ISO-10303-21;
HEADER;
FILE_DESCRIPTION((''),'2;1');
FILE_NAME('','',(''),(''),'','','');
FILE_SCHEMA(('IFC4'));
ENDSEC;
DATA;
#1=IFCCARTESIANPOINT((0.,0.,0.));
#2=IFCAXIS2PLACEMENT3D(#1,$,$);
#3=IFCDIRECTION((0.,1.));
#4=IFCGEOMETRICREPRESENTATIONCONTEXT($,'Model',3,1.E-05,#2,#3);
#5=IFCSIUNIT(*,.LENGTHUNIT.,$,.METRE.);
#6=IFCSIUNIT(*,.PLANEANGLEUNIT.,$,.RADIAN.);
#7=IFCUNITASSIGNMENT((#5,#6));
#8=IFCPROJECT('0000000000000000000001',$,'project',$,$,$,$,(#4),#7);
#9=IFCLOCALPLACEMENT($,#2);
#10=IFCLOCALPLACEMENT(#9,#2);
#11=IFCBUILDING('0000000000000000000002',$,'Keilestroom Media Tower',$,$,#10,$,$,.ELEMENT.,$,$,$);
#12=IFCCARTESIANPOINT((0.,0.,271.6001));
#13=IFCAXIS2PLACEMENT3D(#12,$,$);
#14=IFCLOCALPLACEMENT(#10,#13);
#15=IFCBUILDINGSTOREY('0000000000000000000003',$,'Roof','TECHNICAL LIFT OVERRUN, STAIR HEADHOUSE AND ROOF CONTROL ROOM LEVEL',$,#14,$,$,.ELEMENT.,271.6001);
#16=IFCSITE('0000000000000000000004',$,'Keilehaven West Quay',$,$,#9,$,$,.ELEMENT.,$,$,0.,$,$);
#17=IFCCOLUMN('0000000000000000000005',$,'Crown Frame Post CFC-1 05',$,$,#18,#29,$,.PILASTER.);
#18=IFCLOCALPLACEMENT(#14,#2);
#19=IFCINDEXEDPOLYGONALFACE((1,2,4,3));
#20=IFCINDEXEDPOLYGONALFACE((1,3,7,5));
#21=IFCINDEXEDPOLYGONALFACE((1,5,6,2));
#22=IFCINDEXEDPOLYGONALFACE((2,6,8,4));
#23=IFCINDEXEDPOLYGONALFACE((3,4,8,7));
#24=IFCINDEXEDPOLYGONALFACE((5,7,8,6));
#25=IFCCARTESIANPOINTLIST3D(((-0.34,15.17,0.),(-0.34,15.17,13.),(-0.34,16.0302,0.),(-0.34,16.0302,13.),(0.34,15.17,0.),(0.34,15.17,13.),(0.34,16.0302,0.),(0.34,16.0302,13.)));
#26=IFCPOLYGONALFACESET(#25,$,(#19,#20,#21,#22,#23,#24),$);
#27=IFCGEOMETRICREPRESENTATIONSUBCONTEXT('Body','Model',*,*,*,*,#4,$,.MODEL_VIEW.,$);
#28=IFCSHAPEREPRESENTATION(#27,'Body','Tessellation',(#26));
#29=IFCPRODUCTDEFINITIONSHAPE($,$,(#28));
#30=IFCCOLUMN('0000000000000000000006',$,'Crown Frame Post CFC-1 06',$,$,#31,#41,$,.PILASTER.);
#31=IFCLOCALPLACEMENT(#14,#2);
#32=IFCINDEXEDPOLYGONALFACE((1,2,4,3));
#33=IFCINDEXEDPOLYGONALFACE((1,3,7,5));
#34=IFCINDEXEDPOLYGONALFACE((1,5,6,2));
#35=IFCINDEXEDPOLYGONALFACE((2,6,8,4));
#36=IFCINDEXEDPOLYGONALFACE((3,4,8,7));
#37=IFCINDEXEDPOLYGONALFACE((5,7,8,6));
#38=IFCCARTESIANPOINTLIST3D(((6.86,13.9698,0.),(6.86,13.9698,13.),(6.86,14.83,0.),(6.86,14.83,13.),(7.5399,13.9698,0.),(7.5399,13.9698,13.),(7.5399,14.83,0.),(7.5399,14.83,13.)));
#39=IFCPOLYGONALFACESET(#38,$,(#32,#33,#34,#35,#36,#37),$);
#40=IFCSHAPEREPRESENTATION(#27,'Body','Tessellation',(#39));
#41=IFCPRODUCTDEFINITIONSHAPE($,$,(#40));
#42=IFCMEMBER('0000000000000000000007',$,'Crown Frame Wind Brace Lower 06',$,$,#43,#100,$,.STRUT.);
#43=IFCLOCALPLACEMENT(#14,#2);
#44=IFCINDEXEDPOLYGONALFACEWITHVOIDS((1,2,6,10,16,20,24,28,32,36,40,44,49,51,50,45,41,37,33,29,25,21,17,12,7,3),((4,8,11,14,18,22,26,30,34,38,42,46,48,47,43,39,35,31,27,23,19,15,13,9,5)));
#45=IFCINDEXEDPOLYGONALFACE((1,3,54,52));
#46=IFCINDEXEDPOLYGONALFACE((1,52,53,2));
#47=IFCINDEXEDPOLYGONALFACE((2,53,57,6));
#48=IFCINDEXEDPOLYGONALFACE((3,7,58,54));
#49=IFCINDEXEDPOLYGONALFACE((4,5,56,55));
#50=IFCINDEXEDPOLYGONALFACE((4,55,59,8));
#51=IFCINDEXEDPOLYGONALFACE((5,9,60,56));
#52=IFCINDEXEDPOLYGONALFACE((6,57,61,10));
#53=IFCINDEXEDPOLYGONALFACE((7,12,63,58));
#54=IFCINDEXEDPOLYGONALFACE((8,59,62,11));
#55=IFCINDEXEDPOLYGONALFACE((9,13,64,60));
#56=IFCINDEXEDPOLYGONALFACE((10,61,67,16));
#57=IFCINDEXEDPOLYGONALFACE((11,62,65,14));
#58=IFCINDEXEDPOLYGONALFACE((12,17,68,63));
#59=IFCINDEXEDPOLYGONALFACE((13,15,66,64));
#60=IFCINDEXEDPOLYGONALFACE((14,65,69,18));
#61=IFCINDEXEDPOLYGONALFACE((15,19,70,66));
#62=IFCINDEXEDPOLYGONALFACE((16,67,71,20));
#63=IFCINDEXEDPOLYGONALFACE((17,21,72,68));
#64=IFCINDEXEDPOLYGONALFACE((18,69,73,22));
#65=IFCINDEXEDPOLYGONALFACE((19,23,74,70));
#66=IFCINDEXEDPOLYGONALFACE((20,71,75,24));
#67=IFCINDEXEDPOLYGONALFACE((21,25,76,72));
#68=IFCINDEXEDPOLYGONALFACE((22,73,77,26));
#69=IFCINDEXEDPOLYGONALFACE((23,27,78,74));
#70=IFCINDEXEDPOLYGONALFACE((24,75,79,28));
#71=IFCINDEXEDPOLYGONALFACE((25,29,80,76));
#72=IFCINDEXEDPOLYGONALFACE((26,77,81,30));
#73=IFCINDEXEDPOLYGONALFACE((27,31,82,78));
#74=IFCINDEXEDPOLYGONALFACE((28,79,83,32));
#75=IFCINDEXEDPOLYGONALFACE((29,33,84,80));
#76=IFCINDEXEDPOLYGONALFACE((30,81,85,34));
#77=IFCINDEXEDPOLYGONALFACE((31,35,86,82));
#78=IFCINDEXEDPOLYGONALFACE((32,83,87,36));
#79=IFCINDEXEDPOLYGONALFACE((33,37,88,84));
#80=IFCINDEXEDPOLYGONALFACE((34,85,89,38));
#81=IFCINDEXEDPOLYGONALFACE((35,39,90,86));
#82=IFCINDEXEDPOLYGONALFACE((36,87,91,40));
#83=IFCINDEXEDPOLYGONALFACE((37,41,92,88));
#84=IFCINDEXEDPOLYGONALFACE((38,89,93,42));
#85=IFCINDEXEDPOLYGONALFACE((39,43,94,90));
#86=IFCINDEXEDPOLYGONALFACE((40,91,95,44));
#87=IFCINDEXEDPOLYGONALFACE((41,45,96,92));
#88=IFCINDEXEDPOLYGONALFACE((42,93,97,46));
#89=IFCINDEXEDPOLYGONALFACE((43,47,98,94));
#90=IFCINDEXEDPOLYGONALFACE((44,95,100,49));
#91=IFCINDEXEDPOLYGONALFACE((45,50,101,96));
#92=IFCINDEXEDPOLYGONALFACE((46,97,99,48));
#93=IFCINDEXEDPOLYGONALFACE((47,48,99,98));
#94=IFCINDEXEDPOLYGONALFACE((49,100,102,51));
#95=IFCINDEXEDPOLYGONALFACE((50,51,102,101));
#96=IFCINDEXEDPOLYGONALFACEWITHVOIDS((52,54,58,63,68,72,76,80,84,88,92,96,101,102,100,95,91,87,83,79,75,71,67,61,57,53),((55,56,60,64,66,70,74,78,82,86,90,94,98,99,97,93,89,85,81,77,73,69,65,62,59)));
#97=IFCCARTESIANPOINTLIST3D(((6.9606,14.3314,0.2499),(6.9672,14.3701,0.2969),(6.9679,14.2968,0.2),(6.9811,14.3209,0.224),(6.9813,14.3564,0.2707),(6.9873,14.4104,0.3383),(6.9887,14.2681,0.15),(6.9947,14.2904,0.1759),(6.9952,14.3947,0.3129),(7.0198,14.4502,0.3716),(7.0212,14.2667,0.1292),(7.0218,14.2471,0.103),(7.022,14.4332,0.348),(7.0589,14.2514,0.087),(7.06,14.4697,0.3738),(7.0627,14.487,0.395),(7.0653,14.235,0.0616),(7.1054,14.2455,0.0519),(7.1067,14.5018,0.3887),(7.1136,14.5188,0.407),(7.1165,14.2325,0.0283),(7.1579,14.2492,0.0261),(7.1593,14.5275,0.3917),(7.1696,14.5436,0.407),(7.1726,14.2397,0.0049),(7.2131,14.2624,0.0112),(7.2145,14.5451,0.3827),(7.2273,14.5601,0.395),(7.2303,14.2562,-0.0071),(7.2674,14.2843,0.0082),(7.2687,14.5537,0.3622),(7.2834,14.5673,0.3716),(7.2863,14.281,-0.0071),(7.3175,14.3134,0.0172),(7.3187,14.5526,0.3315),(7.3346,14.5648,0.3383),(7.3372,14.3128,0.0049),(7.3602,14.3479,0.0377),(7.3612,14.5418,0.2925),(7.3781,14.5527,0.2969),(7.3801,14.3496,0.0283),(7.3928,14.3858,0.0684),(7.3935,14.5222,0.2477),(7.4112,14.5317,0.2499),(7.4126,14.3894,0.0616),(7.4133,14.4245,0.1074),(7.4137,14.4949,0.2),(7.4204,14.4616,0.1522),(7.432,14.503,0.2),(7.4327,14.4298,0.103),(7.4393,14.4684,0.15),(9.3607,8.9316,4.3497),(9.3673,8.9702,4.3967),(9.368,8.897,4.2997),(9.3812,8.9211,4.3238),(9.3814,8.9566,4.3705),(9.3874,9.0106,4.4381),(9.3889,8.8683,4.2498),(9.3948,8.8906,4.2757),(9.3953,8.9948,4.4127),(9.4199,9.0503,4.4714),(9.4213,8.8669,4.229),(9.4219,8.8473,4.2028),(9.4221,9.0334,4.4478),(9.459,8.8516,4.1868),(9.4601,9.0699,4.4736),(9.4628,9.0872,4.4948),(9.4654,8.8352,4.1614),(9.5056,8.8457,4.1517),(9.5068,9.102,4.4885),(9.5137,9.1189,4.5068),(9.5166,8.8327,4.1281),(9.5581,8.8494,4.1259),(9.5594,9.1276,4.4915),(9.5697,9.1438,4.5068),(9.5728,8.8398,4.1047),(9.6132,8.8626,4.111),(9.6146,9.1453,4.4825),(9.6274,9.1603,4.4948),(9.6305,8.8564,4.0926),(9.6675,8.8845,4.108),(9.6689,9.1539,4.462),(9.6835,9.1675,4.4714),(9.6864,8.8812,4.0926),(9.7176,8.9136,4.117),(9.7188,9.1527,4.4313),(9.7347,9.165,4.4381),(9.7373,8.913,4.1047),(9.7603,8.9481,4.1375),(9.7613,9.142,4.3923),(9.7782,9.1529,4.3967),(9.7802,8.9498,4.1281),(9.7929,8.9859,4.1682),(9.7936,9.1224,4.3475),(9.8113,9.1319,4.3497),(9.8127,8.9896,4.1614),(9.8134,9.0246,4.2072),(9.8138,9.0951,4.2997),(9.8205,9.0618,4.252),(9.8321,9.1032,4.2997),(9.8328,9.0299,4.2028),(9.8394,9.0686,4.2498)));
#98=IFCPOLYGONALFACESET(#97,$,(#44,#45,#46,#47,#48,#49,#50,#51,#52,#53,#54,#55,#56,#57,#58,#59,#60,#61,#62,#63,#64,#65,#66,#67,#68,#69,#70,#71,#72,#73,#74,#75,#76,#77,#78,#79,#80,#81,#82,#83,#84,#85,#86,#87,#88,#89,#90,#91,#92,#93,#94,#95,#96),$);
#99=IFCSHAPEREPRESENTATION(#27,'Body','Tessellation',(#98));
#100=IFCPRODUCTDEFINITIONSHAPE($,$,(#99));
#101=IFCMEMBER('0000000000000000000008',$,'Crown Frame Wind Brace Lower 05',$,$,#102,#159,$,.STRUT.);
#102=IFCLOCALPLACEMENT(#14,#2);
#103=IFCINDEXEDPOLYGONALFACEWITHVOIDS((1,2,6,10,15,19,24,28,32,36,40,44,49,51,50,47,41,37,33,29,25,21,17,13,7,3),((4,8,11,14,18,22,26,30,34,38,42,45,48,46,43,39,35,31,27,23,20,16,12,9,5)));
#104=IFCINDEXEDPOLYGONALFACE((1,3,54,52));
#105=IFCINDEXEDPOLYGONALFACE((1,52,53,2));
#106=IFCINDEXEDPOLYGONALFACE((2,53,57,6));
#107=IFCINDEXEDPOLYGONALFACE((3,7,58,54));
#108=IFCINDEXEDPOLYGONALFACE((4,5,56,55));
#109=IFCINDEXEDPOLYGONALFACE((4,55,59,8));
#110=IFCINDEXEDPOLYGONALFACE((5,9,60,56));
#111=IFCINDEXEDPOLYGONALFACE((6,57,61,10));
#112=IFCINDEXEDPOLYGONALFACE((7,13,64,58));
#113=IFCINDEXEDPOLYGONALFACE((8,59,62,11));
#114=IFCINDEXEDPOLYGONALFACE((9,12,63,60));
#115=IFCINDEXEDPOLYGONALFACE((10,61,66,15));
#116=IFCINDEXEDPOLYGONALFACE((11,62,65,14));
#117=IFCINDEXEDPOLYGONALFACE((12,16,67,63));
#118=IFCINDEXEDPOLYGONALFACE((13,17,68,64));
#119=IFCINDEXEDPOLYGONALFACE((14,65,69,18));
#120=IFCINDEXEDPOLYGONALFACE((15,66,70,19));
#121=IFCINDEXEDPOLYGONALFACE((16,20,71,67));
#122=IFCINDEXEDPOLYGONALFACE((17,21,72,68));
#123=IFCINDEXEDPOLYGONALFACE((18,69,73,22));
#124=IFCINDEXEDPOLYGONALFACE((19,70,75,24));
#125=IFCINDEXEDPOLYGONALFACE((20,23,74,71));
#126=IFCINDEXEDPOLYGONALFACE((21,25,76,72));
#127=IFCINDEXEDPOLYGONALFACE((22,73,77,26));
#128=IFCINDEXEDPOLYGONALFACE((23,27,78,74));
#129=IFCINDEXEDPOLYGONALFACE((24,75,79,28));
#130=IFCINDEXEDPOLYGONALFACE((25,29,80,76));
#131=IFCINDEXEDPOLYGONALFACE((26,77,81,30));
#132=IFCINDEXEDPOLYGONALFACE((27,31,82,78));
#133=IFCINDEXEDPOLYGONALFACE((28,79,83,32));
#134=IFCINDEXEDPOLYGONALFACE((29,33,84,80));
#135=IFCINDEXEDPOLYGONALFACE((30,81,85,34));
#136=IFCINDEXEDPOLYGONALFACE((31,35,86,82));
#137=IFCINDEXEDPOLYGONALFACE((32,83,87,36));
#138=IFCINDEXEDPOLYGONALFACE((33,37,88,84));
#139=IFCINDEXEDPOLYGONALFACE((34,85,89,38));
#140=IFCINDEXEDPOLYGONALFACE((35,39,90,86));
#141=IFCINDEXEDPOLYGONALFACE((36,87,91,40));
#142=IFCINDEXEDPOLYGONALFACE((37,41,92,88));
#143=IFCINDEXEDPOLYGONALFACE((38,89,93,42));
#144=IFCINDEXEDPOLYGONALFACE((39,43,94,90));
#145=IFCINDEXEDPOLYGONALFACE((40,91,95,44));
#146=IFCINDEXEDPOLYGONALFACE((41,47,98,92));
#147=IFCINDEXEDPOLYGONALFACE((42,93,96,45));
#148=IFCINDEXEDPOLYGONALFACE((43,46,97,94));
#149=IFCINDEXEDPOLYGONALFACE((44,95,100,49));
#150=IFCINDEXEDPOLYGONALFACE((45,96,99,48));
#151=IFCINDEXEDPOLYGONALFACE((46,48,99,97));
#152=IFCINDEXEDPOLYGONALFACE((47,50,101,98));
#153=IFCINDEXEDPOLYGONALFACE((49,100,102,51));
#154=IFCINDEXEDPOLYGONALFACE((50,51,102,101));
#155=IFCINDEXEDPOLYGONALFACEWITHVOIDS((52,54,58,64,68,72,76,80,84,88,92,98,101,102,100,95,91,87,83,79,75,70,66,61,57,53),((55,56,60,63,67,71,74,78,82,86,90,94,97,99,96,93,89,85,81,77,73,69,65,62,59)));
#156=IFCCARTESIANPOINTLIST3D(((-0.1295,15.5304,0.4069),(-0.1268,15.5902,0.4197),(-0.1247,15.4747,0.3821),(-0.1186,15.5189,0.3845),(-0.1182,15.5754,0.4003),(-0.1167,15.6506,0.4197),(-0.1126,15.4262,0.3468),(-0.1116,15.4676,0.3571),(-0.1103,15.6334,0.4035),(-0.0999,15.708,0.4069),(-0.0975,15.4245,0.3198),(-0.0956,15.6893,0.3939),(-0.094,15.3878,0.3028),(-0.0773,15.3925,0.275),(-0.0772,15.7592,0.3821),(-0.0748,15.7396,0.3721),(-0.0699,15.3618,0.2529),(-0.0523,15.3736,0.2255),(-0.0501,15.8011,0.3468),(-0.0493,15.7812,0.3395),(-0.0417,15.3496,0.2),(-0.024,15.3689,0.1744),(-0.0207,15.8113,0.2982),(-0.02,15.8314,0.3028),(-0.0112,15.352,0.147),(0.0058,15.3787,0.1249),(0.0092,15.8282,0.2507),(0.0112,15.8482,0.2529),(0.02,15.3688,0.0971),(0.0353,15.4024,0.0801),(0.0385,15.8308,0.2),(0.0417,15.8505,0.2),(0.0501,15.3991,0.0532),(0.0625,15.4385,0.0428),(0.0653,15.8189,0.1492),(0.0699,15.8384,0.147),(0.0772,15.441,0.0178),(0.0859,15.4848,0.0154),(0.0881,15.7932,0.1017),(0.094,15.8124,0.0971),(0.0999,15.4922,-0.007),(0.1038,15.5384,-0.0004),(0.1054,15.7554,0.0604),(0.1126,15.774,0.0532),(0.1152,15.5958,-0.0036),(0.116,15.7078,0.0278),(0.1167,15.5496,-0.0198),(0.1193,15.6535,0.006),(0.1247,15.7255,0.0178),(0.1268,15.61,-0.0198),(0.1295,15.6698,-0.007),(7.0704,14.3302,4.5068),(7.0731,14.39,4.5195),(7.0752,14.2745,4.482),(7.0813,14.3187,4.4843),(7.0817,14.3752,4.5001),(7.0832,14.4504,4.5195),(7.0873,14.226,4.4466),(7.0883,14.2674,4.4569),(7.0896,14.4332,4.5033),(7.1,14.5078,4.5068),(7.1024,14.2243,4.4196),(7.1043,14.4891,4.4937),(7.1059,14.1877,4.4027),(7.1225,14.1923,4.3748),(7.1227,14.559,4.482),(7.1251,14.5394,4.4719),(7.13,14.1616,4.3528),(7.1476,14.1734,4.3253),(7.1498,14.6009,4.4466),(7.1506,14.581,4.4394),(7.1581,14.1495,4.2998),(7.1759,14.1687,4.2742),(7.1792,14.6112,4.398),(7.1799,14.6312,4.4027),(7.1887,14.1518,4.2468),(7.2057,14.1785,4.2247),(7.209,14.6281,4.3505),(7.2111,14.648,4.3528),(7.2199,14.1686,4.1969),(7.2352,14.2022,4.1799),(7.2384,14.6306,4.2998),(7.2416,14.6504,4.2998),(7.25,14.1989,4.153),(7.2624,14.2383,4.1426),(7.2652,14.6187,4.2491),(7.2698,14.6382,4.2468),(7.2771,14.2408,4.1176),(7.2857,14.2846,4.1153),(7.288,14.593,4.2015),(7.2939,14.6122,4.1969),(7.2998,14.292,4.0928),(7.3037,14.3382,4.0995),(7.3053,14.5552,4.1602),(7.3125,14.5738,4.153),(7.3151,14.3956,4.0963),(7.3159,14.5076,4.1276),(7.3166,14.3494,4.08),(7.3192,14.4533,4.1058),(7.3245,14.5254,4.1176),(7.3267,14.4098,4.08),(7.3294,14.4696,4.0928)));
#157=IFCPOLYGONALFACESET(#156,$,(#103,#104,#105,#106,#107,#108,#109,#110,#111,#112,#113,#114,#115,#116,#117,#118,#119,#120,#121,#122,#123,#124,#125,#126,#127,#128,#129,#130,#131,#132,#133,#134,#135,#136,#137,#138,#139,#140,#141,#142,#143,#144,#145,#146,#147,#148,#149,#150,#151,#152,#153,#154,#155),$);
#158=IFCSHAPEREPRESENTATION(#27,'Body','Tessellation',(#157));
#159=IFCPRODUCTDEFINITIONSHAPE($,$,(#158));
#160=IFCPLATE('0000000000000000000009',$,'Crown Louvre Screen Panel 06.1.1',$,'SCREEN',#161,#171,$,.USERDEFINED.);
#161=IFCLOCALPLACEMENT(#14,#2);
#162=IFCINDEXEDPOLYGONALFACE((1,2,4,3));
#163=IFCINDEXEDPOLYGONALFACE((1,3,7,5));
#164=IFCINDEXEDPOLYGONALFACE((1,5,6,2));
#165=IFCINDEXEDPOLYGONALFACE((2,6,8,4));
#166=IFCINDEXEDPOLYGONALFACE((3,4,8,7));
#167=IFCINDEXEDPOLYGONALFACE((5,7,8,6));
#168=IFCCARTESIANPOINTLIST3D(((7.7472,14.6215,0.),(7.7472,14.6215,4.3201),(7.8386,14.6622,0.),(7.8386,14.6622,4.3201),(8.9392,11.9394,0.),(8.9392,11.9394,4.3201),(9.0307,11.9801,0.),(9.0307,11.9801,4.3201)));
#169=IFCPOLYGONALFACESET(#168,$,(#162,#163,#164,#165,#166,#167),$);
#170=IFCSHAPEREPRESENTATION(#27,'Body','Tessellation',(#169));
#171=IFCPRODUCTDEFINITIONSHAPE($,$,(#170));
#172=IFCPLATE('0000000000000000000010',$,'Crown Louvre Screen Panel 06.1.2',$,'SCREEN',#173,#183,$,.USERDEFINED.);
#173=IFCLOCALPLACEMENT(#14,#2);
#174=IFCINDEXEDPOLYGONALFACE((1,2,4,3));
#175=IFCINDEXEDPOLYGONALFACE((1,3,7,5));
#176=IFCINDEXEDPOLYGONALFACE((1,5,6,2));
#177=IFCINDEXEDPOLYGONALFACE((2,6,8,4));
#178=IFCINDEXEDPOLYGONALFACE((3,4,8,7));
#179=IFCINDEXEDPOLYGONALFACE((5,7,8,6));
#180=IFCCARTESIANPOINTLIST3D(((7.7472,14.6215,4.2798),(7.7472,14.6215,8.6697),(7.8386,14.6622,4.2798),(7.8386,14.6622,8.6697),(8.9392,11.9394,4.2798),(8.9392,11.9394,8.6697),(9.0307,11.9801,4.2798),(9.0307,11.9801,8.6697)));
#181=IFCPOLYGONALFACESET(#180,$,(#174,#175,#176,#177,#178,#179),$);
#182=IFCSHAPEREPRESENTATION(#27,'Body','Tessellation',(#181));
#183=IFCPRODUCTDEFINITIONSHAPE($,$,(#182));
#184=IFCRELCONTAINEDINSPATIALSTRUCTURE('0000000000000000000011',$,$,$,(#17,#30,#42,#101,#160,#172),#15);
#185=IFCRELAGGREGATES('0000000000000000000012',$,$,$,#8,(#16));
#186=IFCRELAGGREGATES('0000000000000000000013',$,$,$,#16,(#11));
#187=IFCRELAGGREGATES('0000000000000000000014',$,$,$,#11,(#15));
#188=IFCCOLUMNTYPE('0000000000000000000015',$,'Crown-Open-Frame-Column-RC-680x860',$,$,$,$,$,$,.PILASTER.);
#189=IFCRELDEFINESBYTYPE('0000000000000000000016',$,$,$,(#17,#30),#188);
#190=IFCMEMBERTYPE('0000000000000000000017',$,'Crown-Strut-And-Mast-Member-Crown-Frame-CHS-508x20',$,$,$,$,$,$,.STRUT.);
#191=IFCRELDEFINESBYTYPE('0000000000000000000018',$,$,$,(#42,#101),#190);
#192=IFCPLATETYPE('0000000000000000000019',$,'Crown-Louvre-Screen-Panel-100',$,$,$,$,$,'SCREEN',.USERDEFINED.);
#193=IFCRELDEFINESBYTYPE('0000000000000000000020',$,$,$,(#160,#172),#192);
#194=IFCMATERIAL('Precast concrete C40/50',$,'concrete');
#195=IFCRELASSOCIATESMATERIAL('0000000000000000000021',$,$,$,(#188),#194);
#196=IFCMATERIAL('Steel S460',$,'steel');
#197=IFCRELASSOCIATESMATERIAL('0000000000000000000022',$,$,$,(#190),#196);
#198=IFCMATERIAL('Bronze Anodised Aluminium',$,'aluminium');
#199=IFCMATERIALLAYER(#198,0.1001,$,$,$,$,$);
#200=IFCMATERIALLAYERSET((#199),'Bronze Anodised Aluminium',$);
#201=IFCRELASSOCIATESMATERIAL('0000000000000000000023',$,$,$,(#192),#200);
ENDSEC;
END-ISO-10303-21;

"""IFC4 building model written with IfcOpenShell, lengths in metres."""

from ifc_helpers import new_model, si_unit, direction, frame, origin, origin_2d, place, context, subcontext, project, spatial, rectangle, hollow_circle, extrude, source, transform, mapped, material, layer, layer_set, material_profile, profile_set, type_object, element, save


model = new_model("IFC4")

# Units and contexts
model_context = context("Model", 3, precision=1e-05, world=origin(), true_north=direction((0.0, 1.0)))
body_context = subcontext(model_context, "Body", "Model", "MODEL_VIEW")
ifc_project = project(units=[si_unit("LENGTHUNIT", "METRE"), si_unit("PLANEANGLEUNIT", "RADIAN")], contexts=[model_context])

# Site, building, storey
site_placement = place(None, origin())
site = spatial("IfcSite", under=ifc_project, at=site_placement, Name="Keilehaven West Quay", CompositionType="ELEMENT", RefElevation=0.0)
building_placement = place(site_placement, origin())
building = spatial("IfcBuilding", under=site, at=building_placement, Name="Keilestroom Media Tower", CompositionType="ELEMENT")
storey_placement = place(building_placement, frame((0.0, 0.0, 271.6001)))
storey = spatial("IfcBuildingStorey", under=building, at=storey_placement, Name="Roof", Description="TECHNICAL LIFT OVERRUN, STAIR HEADHOUSE AND ROOF CONTROL ROOM LEVEL", CompositionType="ELEMENT", Elevation=271.6001)

# Columns
ifc_material_1 = material(Name="Precast concrete C40/50", Category="concrete")
ifc_material_profile_1 = material_profile(ifc_material_1, rectangle(XDim=0.6799, YDim=0.8601, at=origin_2d()), Name="CF 860x680")
ifc_profile_set_1 = profile_set([ifc_material_profile_1], Name="Precast concrete C40/50")
column_type = type_object("IfcColumnType", Name="Crown-Open-Frame-Column-RC-680x860", PredefinedType="PILASTER", material=ifc_profile_set_1)
shared_shape_1 = source(origin(), body_context, "Body", "SweptSolid", [
    extrude(rectangle(XDim=0.6799, YDim=0.8601, at=origin_2d()), origin(), (0.0, 0.0, 1.0), 13.0),
])
for number, where, z_axis, x_axis, name in (
    (1, (0.0, 15.6001, 0.0), (0.0, 0.0, 1.0), (1.0, 0.0, 0.0), "Crown Frame Post CFC-1 05"),
    (2, (7.2, 14.3999, 0.0), (0.0, 0.0, 1.0), (1.0, 0.0, 0.0), "Crown Frame Post CFC-1 06"),
):
    element("IfcColumn", number, at=place(storey_placement, frame(where, z_axis=z_axis, x_axis=x_axis)), inside=storey, type_object=column_type, Name=name, PredefinedType="PILASTER", context=body_context, shape_type="MappedRepresentation", body=[
        mapped(shared_shape_1, transform((0.0, 0.0, 0.0), x_axis=(1.0, 0.0, 0.0), y_axis=(0.0, 1.0, 0.0), z_axis=(0.0, 0.0, 1.0), scale=1.0)),
    ])

# Members
ifc_material_2 = material(Name="Steel S460", Category="steel")
ifc_material_profile_2 = material_profile(ifc_material_2, hollow_circle(Radius=0.2539, WallThickness=0.02, at=origin_2d()), Name="CHS 508x20")
ifc_profile_set_2 = profile_set([ifc_material_profile_2], Name="Steel S460")
member_type = type_object("IfcMemberType", Name="Crown-Strut-And-Mast-Member-Crown-Frame-CHS-508x20", PredefinedType="STRUT", material=ifc_profile_set_2)
shared_shape_2 = source(origin(), body_context, "Body", "SweptSolid", [
    extrude(hollow_circle(Radius=0.2539, WallThickness=0.02, at=origin_2d()), origin(), (0.0, 0.0, 1.0), 7.1921),
])
member_1_placement = place(storey_placement, frame((7.2, 14.3999, 0.2), z_axis=(0.333713, -0.750795, 0.570038), x_axis=(0.9138, 0.406165, 0.0)))
element("IfcMember", 3, at=member_1_placement, inside=storey, type_object=member_type, Name="Crown Frame Wind Brace Lower 06", PredefinedType="STRUT", context=body_context, shape_type="MappedRepresentation", body=[
    mapped(shared_shape_2, transform((0.0, 0.0, 0.0), x_axis=(1.0, 0.0, 0.0), y_axis=(0.0, 1.0, 0.0), z_axis=(0.0, 0.0, 1.0), scale=1.0)),
])
shared_shape_3 = source(origin(), body_context, "Body", "SweptSolid", [
    extrude(hollow_circle(Radius=0.2539, WallThickness=0.02, at=origin_2d()), origin(), (0.0, 0.0, 1.0), 8.3718),
])
member_2_placement = place(storey_placement, frame((0.0, 15.6001, 0.2), z_axis=(0.860015, -0.14336, 0.489717), x_axis=(0.164426, 0.986389, 0.0)))
element("IfcMember", 4, at=member_2_placement, inside=storey, type_object=member_type, Name="Crown Frame Wind Brace Lower 05", PredefinedType="STRUT", context=body_context, shape_type="MappedRepresentation", body=[
    mapped(shared_shape_3, transform((0.0, 0.0, 0.0), x_axis=(1.0, 0.0, 0.0), y_axis=(0.0, 1.0, 0.0), z_axis=(0.0, 0.0, 1.0), scale=1.0)),
])

# Plates
ifc_material_3 = material(Name="Bronze Anodised Aluminium", Category="aluminium")
ifc_layer = layer(ifc_material_3, 0.1001)
ifc_layer_set = layer_set([ifc_layer], Name="Bronze Anodised Aluminium")
plate_type = type_object("IfcPlateType", Name="Crown-Louvre-Screen-Panel-100", ElementType="SCREEN", PredefinedType="USERDEFINED", material=ifc_layer_set)
shared_shape_4 = source(origin(), body_context, "Body", "SweptSolid", [
    extrude(rectangle(XDim=2.9351, YDim=0.1001, at=origin_2d()), origin(), (0.0, 0.0, 1.0), 4.3201),
])
plate_1_placement = place(storey_placement, frame((8.3889, 13.3008, 0.0), z_axis=(0.0, 0.0, 1.0), x_axis=(0.406139, -0.913811, 0.0)))
element("IfcPlate", 5, at=plate_1_placement, inside=storey, type_object=plate_type, Name="Crown Louvre Screen Panel 06.1.1", ObjectType="SCREEN", PredefinedType="USERDEFINED", context=body_context, shape_type="MappedRepresentation", body=[
    mapped(shared_shape_4, transform((0.0, 0.0, 0.0), x_axis=(1.0, 0.0, 0.0), y_axis=(0.0, 1.0, 0.0), z_axis=(0.0, 0.0, 1.0), scale=1.0)),
])
shared_shape_5 = source(origin(), body_context, "Body", "SweptSolid", [
    extrude(rectangle(XDim=2.9351, YDim=0.1001, at=origin_2d()), origin(), (0.0, 0.0, 1.0), 4.3899),
])
for number, where, z_axis, x_axis, name in (
    (6, (8.3889, 13.3008, 4.2798), (0.0, 0.0, 1.0), (0.406139, -0.913811, 0.0), "Crown Louvre Screen Panel 06.1.2"),
):
    element("IfcPlate", number, at=place(storey_placement, frame(where, z_axis=z_axis, x_axis=x_axis)), inside=storey, type_object=plate_type, Name=name, ObjectType="SCREEN", PredefinedType="USERDEFINED", context=body_context, shape_type="MappedRepresentation", body=[
        mapped(shared_shape_5, transform((0.0, 0.0, 0.0), x_axis=(1.0, 0.0, 0.0), y_axis=(0.0, 1.0, 0.0), z_axis=(0.0, 0.0, 1.0), scale=1.0)),
    ])

save(model, "model.ifc")
